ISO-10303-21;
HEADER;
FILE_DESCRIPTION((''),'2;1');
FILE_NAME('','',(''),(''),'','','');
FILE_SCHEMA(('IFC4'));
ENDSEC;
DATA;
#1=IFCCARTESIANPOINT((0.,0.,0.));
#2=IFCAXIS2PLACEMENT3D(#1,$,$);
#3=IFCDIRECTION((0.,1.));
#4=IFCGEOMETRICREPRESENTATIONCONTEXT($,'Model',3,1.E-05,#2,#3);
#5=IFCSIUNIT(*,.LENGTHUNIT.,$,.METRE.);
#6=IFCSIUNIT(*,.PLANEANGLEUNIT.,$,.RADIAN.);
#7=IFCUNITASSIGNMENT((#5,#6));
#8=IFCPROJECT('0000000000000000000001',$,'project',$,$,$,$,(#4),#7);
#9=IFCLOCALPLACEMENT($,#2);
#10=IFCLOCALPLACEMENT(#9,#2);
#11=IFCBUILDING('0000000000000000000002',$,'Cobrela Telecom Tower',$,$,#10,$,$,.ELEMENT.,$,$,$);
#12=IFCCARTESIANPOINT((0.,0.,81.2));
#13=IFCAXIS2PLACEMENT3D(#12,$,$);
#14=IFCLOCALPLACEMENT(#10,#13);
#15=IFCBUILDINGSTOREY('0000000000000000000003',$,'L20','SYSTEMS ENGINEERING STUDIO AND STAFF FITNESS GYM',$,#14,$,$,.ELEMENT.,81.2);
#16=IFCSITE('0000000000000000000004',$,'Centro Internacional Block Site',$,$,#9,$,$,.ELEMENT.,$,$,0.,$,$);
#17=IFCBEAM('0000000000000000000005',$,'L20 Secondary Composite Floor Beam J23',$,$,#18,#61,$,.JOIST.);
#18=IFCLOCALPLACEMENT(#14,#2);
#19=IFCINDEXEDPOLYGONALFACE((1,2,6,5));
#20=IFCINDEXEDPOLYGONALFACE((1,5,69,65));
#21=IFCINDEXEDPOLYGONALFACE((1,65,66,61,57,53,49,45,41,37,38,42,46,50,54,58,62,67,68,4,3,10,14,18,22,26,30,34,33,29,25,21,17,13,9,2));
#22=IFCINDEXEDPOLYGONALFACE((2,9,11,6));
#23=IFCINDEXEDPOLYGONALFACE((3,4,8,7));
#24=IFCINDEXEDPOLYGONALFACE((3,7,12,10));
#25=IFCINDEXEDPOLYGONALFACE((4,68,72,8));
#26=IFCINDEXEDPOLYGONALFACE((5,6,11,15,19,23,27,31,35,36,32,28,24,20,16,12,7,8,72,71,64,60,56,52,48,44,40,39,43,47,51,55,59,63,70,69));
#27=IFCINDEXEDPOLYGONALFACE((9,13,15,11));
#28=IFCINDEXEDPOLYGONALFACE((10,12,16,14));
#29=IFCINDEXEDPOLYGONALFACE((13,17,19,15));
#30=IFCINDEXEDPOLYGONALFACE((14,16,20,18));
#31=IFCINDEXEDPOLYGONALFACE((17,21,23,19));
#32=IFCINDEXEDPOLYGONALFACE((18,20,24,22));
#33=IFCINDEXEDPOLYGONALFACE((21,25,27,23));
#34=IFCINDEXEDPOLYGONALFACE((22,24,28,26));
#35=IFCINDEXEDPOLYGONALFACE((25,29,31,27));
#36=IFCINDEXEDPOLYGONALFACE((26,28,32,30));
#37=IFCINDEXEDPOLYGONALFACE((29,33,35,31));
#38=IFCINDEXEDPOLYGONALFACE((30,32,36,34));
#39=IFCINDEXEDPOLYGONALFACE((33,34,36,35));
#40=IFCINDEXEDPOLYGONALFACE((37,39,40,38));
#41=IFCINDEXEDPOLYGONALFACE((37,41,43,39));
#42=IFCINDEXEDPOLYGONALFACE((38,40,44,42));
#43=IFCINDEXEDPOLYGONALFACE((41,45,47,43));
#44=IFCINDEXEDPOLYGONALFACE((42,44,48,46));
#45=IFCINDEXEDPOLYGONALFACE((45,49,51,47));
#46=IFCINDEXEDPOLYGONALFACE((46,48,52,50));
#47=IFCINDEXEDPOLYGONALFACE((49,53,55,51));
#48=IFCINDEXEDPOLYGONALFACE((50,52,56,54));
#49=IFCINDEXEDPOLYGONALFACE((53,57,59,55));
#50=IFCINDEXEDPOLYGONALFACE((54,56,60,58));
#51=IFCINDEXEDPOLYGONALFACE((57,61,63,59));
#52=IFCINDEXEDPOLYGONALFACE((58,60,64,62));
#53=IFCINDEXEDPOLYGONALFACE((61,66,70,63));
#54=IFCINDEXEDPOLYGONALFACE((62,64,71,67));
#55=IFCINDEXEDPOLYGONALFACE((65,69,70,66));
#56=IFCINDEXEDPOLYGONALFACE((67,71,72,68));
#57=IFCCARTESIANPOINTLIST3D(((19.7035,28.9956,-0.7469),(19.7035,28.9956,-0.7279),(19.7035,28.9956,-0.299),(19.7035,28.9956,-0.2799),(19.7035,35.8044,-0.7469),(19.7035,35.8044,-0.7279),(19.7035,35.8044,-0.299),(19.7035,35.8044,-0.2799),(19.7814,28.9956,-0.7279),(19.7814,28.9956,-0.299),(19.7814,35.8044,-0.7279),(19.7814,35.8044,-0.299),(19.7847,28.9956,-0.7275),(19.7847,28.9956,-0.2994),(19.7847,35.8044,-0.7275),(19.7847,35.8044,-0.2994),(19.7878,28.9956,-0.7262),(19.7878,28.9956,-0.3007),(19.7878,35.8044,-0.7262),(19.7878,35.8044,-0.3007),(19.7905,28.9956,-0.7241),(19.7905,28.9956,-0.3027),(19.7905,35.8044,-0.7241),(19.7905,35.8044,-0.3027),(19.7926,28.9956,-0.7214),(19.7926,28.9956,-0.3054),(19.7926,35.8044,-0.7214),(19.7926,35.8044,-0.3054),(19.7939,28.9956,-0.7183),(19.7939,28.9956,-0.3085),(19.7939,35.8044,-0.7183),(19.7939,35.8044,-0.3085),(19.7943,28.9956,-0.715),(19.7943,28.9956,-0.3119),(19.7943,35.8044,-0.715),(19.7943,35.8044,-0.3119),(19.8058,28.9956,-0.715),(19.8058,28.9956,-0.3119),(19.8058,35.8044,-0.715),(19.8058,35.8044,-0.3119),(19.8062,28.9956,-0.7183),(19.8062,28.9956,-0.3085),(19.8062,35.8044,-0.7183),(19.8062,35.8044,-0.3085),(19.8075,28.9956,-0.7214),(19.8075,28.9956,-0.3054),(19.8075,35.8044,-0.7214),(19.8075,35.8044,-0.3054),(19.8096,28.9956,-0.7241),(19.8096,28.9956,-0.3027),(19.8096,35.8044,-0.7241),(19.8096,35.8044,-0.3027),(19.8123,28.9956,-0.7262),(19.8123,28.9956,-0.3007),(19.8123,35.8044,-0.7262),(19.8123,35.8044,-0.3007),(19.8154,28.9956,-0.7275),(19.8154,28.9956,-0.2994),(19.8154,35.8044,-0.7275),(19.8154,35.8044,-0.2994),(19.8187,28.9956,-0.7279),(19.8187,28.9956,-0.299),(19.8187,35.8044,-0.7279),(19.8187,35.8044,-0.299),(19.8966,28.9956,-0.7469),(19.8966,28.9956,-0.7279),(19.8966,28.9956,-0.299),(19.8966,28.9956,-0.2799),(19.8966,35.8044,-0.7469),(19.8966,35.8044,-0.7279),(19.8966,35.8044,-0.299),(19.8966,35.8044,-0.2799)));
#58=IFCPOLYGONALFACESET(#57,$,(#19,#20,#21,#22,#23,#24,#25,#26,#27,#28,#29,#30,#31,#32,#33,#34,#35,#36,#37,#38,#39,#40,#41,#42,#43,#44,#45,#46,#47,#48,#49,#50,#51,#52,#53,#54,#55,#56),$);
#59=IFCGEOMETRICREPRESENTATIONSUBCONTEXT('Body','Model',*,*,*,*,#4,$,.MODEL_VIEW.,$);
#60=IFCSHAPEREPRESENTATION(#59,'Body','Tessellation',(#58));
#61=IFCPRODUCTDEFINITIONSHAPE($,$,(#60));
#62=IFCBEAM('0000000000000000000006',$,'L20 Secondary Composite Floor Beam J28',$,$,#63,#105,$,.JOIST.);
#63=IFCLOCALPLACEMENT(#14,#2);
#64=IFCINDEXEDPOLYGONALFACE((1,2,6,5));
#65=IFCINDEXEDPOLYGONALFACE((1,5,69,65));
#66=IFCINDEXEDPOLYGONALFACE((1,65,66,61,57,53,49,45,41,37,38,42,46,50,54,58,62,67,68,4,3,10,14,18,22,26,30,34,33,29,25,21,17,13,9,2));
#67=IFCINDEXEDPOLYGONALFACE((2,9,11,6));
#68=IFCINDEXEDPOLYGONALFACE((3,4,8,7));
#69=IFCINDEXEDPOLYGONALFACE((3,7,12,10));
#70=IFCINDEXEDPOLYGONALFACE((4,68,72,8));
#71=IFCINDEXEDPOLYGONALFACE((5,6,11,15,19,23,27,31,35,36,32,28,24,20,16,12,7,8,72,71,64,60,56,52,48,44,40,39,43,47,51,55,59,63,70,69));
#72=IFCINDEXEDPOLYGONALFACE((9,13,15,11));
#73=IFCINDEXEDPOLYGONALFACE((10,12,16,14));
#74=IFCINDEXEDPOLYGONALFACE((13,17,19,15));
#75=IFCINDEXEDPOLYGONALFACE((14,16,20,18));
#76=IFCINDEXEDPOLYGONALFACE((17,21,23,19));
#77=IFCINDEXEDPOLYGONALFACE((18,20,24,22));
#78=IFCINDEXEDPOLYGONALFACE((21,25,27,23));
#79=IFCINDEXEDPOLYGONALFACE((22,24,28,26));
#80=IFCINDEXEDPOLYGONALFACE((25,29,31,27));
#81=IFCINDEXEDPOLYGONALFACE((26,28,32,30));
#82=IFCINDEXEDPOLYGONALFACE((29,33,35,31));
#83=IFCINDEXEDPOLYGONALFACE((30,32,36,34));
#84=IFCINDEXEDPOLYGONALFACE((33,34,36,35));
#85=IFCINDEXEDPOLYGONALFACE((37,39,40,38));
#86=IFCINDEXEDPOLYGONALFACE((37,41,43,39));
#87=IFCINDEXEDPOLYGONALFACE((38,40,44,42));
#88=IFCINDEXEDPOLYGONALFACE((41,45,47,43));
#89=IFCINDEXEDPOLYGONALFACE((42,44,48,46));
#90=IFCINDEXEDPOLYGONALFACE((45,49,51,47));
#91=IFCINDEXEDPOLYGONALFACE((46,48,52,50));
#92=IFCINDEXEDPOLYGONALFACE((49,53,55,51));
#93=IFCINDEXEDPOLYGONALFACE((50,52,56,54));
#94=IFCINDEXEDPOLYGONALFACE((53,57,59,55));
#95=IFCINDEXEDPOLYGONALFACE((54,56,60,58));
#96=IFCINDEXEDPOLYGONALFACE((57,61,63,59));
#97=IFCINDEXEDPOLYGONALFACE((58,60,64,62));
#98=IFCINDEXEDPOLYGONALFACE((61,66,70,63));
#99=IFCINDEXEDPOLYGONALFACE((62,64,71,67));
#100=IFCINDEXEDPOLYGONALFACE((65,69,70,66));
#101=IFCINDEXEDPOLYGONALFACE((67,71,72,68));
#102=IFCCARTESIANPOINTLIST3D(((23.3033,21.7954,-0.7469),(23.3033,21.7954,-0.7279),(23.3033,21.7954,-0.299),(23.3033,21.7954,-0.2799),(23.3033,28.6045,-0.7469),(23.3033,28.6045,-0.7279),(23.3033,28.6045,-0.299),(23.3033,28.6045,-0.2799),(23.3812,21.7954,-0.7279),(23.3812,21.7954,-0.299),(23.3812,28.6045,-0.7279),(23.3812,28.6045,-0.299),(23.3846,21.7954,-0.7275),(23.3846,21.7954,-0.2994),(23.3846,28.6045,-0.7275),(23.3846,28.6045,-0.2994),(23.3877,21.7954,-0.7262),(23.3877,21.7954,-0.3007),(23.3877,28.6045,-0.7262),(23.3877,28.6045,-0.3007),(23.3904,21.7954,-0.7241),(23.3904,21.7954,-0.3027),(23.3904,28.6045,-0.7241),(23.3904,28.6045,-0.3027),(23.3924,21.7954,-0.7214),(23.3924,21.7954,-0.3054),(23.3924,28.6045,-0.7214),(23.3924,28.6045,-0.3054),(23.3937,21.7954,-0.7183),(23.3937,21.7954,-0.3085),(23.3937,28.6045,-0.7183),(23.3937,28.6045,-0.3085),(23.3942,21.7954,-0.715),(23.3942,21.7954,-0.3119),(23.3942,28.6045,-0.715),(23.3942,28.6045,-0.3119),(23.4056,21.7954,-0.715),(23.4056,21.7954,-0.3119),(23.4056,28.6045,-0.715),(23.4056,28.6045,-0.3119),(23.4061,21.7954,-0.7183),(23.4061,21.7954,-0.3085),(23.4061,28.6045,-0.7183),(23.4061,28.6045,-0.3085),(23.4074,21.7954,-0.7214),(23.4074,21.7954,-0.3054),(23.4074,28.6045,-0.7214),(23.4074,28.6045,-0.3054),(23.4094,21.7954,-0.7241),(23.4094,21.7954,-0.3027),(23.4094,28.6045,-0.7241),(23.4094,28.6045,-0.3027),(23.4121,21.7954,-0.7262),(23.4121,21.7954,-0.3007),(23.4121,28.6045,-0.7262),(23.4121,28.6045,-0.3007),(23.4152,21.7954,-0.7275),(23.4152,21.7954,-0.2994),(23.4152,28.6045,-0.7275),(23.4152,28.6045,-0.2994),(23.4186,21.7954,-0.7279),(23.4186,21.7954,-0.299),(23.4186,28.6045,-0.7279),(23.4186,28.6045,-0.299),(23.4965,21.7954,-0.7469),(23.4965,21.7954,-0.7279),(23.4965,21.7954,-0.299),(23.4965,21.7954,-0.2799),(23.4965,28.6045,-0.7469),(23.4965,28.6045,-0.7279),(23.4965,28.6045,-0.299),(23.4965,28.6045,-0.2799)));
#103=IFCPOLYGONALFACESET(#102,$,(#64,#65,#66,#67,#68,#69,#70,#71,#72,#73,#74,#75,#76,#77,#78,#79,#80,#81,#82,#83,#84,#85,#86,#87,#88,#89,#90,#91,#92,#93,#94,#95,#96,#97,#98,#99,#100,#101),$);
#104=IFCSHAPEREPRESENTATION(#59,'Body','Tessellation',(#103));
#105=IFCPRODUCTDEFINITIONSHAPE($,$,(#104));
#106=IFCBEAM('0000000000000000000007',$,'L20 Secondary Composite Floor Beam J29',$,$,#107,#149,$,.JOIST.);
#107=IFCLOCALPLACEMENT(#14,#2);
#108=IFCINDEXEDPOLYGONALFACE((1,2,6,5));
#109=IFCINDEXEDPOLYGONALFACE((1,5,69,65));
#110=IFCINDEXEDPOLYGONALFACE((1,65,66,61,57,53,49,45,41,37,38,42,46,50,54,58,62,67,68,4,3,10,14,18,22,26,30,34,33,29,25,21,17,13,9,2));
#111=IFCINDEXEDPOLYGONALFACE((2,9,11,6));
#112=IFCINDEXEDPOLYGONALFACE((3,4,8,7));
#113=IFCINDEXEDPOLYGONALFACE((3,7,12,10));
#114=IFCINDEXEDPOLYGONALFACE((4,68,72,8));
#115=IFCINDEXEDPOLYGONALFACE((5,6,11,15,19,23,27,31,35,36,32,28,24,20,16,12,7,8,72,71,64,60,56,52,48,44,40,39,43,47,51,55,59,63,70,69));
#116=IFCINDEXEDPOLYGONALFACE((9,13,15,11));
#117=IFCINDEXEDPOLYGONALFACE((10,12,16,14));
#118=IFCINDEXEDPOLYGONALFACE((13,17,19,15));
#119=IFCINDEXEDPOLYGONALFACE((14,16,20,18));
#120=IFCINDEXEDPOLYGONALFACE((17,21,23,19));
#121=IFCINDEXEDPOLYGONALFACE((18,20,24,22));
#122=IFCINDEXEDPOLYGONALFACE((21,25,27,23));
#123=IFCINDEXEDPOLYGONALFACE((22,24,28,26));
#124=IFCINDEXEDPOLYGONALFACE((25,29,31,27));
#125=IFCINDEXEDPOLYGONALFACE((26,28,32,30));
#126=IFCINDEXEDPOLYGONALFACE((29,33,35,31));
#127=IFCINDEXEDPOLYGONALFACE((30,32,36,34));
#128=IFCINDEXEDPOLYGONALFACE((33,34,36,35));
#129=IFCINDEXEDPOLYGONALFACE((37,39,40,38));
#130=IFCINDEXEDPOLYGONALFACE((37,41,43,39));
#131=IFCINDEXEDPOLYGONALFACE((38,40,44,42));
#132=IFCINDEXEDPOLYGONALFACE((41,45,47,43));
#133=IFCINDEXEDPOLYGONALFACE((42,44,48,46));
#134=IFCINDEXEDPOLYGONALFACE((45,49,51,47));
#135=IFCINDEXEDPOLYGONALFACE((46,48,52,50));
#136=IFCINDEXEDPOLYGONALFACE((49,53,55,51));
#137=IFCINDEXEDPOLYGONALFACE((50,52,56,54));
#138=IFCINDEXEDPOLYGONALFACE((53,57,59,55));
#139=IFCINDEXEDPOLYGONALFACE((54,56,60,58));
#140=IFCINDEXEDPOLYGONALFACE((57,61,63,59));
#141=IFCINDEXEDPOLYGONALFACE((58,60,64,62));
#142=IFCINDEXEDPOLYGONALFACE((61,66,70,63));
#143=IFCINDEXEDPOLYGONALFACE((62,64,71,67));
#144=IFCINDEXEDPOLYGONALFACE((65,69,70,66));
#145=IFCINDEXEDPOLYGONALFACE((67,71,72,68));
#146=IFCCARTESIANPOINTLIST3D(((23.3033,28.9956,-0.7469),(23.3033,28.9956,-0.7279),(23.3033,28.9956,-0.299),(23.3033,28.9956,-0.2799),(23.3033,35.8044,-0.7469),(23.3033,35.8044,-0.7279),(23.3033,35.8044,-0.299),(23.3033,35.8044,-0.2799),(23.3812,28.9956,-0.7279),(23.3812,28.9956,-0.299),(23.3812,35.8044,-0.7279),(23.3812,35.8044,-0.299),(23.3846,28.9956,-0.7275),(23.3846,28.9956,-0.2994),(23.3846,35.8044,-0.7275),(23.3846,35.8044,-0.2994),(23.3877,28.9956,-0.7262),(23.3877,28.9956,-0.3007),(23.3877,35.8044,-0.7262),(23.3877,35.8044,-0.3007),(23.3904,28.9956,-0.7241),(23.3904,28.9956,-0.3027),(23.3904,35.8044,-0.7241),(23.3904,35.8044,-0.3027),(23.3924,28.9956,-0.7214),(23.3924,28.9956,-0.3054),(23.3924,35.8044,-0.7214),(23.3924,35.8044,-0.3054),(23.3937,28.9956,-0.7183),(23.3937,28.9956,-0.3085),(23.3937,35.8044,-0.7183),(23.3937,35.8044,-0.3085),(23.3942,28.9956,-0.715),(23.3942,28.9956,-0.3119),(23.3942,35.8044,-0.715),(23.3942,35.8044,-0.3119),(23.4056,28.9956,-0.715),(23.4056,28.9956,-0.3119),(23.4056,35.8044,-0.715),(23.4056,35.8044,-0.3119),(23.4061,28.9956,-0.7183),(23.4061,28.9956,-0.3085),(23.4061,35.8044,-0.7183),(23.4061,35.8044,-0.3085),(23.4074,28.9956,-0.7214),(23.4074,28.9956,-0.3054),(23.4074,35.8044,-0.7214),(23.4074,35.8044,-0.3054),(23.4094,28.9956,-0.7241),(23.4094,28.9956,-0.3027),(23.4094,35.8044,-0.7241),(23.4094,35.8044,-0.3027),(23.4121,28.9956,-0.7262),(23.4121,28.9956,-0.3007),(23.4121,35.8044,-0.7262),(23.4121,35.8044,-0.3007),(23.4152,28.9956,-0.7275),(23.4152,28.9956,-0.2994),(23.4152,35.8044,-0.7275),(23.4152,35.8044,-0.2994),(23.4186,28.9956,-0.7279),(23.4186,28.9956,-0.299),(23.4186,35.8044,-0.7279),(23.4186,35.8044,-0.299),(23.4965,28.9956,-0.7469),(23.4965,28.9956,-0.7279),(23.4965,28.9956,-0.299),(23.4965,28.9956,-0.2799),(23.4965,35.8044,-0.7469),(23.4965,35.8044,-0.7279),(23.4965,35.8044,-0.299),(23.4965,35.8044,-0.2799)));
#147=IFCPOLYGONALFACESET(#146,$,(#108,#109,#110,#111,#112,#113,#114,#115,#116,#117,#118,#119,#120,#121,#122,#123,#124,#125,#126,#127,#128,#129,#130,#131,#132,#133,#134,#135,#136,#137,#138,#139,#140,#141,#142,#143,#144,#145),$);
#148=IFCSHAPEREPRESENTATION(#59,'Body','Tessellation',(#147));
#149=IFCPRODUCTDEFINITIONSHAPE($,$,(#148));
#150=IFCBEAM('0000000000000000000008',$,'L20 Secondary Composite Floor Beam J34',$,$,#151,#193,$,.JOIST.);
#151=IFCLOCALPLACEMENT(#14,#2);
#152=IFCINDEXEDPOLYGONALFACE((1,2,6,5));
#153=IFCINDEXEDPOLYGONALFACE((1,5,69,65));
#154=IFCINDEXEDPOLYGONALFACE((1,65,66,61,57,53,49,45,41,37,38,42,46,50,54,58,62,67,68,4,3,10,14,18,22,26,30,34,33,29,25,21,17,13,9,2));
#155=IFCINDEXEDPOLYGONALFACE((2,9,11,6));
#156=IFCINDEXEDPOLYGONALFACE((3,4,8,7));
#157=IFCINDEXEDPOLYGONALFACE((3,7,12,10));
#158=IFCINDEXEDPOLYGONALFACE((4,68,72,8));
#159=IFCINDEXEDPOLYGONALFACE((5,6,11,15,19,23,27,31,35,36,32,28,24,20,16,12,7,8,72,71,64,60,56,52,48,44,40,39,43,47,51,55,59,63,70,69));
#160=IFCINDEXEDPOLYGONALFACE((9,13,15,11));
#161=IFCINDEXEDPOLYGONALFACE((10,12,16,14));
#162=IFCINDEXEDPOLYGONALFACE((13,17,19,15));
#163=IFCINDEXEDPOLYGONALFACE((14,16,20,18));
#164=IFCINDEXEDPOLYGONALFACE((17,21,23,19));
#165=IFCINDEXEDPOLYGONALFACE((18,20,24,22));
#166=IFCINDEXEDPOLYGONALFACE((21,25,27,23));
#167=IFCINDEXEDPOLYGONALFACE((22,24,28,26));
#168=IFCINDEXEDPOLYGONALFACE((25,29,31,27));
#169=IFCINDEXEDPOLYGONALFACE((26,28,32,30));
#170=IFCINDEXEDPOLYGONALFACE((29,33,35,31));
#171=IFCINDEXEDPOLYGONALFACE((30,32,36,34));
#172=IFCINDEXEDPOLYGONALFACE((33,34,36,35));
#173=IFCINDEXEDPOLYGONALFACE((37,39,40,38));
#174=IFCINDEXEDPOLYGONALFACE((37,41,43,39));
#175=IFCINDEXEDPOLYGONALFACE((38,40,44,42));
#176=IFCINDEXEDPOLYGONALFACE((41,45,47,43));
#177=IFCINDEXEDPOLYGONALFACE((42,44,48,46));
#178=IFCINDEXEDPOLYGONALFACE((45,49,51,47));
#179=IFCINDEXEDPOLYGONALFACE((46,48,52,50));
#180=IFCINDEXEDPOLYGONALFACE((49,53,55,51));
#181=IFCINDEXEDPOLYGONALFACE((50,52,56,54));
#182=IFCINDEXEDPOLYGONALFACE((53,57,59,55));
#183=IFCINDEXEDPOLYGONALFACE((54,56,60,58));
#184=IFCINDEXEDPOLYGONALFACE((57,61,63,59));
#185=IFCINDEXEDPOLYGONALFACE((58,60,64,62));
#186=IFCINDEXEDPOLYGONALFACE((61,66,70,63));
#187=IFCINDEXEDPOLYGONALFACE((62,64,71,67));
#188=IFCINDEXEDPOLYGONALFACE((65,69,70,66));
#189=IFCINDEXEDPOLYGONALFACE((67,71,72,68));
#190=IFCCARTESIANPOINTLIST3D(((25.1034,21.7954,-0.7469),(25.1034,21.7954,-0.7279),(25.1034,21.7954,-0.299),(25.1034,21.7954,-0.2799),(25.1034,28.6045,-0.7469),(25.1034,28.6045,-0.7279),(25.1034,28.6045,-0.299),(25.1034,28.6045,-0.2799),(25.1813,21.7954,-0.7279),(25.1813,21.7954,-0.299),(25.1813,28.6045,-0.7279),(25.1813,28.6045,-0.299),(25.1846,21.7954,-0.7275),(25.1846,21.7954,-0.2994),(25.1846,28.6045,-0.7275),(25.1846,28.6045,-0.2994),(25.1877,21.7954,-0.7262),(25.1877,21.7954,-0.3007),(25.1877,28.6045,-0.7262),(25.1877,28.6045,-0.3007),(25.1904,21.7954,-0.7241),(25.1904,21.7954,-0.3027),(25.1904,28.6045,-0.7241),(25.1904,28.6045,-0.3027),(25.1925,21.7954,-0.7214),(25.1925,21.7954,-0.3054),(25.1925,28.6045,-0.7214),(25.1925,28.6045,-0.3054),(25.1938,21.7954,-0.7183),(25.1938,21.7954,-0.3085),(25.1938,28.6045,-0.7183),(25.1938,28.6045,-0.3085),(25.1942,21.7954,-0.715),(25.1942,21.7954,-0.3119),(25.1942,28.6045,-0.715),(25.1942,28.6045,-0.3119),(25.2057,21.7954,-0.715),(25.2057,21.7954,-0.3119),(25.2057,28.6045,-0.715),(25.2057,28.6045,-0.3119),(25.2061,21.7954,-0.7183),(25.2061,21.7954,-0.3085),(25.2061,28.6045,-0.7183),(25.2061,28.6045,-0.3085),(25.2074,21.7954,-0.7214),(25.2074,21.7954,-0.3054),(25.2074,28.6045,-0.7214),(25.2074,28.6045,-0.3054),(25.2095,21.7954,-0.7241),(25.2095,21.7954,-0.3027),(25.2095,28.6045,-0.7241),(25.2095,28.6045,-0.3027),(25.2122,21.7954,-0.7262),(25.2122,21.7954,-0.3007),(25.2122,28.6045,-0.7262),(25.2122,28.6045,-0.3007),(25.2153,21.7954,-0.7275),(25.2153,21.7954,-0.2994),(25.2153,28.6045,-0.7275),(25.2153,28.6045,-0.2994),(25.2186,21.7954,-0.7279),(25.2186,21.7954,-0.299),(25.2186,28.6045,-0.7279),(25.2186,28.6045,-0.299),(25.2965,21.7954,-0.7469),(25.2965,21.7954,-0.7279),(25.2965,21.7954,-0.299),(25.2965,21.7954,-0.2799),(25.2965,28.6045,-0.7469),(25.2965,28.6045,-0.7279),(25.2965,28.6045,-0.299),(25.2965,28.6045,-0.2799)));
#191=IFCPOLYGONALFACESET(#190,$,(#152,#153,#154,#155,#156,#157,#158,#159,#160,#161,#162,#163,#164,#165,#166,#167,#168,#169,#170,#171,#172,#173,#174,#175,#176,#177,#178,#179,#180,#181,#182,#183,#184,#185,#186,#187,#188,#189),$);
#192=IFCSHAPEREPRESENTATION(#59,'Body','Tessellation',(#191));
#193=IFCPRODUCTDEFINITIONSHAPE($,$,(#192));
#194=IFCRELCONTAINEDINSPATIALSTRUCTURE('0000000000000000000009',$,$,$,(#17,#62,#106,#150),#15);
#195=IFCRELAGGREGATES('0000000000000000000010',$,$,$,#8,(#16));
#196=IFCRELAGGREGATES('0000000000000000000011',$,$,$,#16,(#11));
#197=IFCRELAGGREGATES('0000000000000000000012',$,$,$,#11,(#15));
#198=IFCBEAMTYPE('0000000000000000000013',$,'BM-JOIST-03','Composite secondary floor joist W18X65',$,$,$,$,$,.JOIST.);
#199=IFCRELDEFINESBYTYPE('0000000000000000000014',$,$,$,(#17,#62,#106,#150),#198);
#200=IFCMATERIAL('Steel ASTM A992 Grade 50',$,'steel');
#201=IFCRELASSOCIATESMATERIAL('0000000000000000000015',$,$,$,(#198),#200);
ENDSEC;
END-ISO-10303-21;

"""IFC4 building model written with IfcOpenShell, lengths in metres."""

from ifc_helpers import new_model, si_unit, direction, frame, origin, origin_2d, place, context, subcontext, project, spatial, i_section, extrude, material, material_profile, profile_set, type_object, element, save


model = new_model("IFC4")

# Units and contexts
model_context = context("Model", 3, precision=1e-05, world=origin(), true_north=direction((0.0, 1.0)))
body_context = subcontext(model_context, "Body", "Model", "MODEL_VIEW")
ifc_project = project(units=[si_unit("LENGTHUNIT", "METRE"), si_unit("PLANEANGLEUNIT", "RADIAN")], contexts=[model_context])

# Site, building, storey
site_placement = place(None, origin())
site = spatial("IfcSite", under=ifc_project, at=site_placement, Name="Centro Internacional Block Site", CompositionType="ELEMENT", RefElevation=0.0)
building_placement = place(site_placement, origin())
building = spatial("IfcBuilding", under=site, at=building_placement, Name="Cobrela Telecom Tower", CompositionType="ELEMENT")
storey_placement = place(building_placement, frame((0.0, 0.0, 81.2)))
storey = spatial("IfcBuildingStorey", under=building, at=storey_placement, Name="L20", Description="SYSTEMS ENGINEERING STUDIO AND STAFF FITNESS GYM", CompositionType="ELEMENT", Elevation=81.2)

# Shared definitions
ifc_material_1 = material(Name="Steel ASTM A992 Grade 50", Category="steel")

# Beams
ifc_material_profile_1 = material_profile(ifc_material_1, i_section(OverallWidth=0.1931, OverallDepth=0.467, WebThickness=0.0115, FlangeThickness=0.019, FilletRadius=0.0129, at=origin_2d()), Name="W18X65")
ifc_profile_set_1 = profile_set([ifc_material_profile_1], Name="Steel ASTM A992 Grade 50")
beam_type_1 = type_object("IfcBeamType", Name="BM-JOIST-03", Description="Composite secondary floor joist W18X65", PredefinedType="JOIST", material=ifc_profile_set_1)
beam_1_placement = place(storey_placement, frame((19.8, 28.9956, -0.5134), z_axis=(0.0, 1.0, 0.0), x_axis=(-1.0, 0.0, 0.0)))
element("IfcBeam", 1, at=beam_1_placement, inside=storey, type_object=beam_type_1, Name="L20 Secondary Composite Floor Beam J23", PredefinedType="JOIST", context=body_context, shape_type="SweptSolid", body=[
    extrude(i_section(OverallWidth=0.1931, OverallDepth=0.467, WebThickness=0.0115, FlangeThickness=0.019, FilletRadius=0.0129, at=origin_2d()), origin(), (0.0, 0.0, 1.0), 6.8088),
])
beam_2_placement = place(storey_placement, frame((23.3999, 21.7954, -0.5134), z_axis=(0.0, 1.0, 0.0), x_axis=(-1.0, 0.0, 0.0)))
element("IfcBeam", 2, at=beam_2_placement, inside=storey, type_object=beam_type_1, Name="L20 Secondary Composite Floor Beam J28", PredefinedType="JOIST", context=body_context, shape_type="SweptSolid", body=[
    extrude(i_section(OverallWidth=0.1931, OverallDepth=0.467, WebThickness=0.0115, FlangeThickness=0.019, FilletRadius=0.0129, at=origin_2d()), origin(), (0.0, 0.0, 1.0), 6.8091),
])
beam_3_placement = place(storey_placement, frame((23.3999, 28.9956, -0.5134), z_axis=(0.0, 1.0, 0.0), x_axis=(-1.0, 0.0, 0.0)))
element("IfcBeam", 3, at=beam_3_placement, inside=storey, type_object=beam_type_1, Name="L20 Secondary Composite Floor Beam J29", PredefinedType="JOIST", context=body_context, shape_type="SweptSolid", body=[
    extrude(i_section(OverallWidth=0.1931, OverallDepth=0.467, WebThickness=0.0115, FlangeThickness=0.019, FilletRadius=0.0129, at=origin_2d()), origin(), (0.0, 0.0, 1.0), 6.8088),
])
beam_4_placement = place(storey_placement, frame((25.2, 21.7954, -0.5134), z_axis=(0.0, 1.0, 0.0), x_axis=(-1.0, 0.0, 0.0)))
element("IfcBeam", 4, at=beam_4_placement, inside=storey, type_object=beam_type_1, Name="L20 Secondary Composite Floor Beam J34", PredefinedType="JOIST", context=body_context, shape_type="SweptSolid", body=[
    extrude(i_section(OverallWidth=0.1931, OverallDepth=0.467, WebThickness=0.0115, FlangeThickness=0.019, FilletRadius=0.0129, at=origin_2d()), origin(), (0.0, 0.0, 1.0), 6.8091),
])

save(model, "model.ifc")
